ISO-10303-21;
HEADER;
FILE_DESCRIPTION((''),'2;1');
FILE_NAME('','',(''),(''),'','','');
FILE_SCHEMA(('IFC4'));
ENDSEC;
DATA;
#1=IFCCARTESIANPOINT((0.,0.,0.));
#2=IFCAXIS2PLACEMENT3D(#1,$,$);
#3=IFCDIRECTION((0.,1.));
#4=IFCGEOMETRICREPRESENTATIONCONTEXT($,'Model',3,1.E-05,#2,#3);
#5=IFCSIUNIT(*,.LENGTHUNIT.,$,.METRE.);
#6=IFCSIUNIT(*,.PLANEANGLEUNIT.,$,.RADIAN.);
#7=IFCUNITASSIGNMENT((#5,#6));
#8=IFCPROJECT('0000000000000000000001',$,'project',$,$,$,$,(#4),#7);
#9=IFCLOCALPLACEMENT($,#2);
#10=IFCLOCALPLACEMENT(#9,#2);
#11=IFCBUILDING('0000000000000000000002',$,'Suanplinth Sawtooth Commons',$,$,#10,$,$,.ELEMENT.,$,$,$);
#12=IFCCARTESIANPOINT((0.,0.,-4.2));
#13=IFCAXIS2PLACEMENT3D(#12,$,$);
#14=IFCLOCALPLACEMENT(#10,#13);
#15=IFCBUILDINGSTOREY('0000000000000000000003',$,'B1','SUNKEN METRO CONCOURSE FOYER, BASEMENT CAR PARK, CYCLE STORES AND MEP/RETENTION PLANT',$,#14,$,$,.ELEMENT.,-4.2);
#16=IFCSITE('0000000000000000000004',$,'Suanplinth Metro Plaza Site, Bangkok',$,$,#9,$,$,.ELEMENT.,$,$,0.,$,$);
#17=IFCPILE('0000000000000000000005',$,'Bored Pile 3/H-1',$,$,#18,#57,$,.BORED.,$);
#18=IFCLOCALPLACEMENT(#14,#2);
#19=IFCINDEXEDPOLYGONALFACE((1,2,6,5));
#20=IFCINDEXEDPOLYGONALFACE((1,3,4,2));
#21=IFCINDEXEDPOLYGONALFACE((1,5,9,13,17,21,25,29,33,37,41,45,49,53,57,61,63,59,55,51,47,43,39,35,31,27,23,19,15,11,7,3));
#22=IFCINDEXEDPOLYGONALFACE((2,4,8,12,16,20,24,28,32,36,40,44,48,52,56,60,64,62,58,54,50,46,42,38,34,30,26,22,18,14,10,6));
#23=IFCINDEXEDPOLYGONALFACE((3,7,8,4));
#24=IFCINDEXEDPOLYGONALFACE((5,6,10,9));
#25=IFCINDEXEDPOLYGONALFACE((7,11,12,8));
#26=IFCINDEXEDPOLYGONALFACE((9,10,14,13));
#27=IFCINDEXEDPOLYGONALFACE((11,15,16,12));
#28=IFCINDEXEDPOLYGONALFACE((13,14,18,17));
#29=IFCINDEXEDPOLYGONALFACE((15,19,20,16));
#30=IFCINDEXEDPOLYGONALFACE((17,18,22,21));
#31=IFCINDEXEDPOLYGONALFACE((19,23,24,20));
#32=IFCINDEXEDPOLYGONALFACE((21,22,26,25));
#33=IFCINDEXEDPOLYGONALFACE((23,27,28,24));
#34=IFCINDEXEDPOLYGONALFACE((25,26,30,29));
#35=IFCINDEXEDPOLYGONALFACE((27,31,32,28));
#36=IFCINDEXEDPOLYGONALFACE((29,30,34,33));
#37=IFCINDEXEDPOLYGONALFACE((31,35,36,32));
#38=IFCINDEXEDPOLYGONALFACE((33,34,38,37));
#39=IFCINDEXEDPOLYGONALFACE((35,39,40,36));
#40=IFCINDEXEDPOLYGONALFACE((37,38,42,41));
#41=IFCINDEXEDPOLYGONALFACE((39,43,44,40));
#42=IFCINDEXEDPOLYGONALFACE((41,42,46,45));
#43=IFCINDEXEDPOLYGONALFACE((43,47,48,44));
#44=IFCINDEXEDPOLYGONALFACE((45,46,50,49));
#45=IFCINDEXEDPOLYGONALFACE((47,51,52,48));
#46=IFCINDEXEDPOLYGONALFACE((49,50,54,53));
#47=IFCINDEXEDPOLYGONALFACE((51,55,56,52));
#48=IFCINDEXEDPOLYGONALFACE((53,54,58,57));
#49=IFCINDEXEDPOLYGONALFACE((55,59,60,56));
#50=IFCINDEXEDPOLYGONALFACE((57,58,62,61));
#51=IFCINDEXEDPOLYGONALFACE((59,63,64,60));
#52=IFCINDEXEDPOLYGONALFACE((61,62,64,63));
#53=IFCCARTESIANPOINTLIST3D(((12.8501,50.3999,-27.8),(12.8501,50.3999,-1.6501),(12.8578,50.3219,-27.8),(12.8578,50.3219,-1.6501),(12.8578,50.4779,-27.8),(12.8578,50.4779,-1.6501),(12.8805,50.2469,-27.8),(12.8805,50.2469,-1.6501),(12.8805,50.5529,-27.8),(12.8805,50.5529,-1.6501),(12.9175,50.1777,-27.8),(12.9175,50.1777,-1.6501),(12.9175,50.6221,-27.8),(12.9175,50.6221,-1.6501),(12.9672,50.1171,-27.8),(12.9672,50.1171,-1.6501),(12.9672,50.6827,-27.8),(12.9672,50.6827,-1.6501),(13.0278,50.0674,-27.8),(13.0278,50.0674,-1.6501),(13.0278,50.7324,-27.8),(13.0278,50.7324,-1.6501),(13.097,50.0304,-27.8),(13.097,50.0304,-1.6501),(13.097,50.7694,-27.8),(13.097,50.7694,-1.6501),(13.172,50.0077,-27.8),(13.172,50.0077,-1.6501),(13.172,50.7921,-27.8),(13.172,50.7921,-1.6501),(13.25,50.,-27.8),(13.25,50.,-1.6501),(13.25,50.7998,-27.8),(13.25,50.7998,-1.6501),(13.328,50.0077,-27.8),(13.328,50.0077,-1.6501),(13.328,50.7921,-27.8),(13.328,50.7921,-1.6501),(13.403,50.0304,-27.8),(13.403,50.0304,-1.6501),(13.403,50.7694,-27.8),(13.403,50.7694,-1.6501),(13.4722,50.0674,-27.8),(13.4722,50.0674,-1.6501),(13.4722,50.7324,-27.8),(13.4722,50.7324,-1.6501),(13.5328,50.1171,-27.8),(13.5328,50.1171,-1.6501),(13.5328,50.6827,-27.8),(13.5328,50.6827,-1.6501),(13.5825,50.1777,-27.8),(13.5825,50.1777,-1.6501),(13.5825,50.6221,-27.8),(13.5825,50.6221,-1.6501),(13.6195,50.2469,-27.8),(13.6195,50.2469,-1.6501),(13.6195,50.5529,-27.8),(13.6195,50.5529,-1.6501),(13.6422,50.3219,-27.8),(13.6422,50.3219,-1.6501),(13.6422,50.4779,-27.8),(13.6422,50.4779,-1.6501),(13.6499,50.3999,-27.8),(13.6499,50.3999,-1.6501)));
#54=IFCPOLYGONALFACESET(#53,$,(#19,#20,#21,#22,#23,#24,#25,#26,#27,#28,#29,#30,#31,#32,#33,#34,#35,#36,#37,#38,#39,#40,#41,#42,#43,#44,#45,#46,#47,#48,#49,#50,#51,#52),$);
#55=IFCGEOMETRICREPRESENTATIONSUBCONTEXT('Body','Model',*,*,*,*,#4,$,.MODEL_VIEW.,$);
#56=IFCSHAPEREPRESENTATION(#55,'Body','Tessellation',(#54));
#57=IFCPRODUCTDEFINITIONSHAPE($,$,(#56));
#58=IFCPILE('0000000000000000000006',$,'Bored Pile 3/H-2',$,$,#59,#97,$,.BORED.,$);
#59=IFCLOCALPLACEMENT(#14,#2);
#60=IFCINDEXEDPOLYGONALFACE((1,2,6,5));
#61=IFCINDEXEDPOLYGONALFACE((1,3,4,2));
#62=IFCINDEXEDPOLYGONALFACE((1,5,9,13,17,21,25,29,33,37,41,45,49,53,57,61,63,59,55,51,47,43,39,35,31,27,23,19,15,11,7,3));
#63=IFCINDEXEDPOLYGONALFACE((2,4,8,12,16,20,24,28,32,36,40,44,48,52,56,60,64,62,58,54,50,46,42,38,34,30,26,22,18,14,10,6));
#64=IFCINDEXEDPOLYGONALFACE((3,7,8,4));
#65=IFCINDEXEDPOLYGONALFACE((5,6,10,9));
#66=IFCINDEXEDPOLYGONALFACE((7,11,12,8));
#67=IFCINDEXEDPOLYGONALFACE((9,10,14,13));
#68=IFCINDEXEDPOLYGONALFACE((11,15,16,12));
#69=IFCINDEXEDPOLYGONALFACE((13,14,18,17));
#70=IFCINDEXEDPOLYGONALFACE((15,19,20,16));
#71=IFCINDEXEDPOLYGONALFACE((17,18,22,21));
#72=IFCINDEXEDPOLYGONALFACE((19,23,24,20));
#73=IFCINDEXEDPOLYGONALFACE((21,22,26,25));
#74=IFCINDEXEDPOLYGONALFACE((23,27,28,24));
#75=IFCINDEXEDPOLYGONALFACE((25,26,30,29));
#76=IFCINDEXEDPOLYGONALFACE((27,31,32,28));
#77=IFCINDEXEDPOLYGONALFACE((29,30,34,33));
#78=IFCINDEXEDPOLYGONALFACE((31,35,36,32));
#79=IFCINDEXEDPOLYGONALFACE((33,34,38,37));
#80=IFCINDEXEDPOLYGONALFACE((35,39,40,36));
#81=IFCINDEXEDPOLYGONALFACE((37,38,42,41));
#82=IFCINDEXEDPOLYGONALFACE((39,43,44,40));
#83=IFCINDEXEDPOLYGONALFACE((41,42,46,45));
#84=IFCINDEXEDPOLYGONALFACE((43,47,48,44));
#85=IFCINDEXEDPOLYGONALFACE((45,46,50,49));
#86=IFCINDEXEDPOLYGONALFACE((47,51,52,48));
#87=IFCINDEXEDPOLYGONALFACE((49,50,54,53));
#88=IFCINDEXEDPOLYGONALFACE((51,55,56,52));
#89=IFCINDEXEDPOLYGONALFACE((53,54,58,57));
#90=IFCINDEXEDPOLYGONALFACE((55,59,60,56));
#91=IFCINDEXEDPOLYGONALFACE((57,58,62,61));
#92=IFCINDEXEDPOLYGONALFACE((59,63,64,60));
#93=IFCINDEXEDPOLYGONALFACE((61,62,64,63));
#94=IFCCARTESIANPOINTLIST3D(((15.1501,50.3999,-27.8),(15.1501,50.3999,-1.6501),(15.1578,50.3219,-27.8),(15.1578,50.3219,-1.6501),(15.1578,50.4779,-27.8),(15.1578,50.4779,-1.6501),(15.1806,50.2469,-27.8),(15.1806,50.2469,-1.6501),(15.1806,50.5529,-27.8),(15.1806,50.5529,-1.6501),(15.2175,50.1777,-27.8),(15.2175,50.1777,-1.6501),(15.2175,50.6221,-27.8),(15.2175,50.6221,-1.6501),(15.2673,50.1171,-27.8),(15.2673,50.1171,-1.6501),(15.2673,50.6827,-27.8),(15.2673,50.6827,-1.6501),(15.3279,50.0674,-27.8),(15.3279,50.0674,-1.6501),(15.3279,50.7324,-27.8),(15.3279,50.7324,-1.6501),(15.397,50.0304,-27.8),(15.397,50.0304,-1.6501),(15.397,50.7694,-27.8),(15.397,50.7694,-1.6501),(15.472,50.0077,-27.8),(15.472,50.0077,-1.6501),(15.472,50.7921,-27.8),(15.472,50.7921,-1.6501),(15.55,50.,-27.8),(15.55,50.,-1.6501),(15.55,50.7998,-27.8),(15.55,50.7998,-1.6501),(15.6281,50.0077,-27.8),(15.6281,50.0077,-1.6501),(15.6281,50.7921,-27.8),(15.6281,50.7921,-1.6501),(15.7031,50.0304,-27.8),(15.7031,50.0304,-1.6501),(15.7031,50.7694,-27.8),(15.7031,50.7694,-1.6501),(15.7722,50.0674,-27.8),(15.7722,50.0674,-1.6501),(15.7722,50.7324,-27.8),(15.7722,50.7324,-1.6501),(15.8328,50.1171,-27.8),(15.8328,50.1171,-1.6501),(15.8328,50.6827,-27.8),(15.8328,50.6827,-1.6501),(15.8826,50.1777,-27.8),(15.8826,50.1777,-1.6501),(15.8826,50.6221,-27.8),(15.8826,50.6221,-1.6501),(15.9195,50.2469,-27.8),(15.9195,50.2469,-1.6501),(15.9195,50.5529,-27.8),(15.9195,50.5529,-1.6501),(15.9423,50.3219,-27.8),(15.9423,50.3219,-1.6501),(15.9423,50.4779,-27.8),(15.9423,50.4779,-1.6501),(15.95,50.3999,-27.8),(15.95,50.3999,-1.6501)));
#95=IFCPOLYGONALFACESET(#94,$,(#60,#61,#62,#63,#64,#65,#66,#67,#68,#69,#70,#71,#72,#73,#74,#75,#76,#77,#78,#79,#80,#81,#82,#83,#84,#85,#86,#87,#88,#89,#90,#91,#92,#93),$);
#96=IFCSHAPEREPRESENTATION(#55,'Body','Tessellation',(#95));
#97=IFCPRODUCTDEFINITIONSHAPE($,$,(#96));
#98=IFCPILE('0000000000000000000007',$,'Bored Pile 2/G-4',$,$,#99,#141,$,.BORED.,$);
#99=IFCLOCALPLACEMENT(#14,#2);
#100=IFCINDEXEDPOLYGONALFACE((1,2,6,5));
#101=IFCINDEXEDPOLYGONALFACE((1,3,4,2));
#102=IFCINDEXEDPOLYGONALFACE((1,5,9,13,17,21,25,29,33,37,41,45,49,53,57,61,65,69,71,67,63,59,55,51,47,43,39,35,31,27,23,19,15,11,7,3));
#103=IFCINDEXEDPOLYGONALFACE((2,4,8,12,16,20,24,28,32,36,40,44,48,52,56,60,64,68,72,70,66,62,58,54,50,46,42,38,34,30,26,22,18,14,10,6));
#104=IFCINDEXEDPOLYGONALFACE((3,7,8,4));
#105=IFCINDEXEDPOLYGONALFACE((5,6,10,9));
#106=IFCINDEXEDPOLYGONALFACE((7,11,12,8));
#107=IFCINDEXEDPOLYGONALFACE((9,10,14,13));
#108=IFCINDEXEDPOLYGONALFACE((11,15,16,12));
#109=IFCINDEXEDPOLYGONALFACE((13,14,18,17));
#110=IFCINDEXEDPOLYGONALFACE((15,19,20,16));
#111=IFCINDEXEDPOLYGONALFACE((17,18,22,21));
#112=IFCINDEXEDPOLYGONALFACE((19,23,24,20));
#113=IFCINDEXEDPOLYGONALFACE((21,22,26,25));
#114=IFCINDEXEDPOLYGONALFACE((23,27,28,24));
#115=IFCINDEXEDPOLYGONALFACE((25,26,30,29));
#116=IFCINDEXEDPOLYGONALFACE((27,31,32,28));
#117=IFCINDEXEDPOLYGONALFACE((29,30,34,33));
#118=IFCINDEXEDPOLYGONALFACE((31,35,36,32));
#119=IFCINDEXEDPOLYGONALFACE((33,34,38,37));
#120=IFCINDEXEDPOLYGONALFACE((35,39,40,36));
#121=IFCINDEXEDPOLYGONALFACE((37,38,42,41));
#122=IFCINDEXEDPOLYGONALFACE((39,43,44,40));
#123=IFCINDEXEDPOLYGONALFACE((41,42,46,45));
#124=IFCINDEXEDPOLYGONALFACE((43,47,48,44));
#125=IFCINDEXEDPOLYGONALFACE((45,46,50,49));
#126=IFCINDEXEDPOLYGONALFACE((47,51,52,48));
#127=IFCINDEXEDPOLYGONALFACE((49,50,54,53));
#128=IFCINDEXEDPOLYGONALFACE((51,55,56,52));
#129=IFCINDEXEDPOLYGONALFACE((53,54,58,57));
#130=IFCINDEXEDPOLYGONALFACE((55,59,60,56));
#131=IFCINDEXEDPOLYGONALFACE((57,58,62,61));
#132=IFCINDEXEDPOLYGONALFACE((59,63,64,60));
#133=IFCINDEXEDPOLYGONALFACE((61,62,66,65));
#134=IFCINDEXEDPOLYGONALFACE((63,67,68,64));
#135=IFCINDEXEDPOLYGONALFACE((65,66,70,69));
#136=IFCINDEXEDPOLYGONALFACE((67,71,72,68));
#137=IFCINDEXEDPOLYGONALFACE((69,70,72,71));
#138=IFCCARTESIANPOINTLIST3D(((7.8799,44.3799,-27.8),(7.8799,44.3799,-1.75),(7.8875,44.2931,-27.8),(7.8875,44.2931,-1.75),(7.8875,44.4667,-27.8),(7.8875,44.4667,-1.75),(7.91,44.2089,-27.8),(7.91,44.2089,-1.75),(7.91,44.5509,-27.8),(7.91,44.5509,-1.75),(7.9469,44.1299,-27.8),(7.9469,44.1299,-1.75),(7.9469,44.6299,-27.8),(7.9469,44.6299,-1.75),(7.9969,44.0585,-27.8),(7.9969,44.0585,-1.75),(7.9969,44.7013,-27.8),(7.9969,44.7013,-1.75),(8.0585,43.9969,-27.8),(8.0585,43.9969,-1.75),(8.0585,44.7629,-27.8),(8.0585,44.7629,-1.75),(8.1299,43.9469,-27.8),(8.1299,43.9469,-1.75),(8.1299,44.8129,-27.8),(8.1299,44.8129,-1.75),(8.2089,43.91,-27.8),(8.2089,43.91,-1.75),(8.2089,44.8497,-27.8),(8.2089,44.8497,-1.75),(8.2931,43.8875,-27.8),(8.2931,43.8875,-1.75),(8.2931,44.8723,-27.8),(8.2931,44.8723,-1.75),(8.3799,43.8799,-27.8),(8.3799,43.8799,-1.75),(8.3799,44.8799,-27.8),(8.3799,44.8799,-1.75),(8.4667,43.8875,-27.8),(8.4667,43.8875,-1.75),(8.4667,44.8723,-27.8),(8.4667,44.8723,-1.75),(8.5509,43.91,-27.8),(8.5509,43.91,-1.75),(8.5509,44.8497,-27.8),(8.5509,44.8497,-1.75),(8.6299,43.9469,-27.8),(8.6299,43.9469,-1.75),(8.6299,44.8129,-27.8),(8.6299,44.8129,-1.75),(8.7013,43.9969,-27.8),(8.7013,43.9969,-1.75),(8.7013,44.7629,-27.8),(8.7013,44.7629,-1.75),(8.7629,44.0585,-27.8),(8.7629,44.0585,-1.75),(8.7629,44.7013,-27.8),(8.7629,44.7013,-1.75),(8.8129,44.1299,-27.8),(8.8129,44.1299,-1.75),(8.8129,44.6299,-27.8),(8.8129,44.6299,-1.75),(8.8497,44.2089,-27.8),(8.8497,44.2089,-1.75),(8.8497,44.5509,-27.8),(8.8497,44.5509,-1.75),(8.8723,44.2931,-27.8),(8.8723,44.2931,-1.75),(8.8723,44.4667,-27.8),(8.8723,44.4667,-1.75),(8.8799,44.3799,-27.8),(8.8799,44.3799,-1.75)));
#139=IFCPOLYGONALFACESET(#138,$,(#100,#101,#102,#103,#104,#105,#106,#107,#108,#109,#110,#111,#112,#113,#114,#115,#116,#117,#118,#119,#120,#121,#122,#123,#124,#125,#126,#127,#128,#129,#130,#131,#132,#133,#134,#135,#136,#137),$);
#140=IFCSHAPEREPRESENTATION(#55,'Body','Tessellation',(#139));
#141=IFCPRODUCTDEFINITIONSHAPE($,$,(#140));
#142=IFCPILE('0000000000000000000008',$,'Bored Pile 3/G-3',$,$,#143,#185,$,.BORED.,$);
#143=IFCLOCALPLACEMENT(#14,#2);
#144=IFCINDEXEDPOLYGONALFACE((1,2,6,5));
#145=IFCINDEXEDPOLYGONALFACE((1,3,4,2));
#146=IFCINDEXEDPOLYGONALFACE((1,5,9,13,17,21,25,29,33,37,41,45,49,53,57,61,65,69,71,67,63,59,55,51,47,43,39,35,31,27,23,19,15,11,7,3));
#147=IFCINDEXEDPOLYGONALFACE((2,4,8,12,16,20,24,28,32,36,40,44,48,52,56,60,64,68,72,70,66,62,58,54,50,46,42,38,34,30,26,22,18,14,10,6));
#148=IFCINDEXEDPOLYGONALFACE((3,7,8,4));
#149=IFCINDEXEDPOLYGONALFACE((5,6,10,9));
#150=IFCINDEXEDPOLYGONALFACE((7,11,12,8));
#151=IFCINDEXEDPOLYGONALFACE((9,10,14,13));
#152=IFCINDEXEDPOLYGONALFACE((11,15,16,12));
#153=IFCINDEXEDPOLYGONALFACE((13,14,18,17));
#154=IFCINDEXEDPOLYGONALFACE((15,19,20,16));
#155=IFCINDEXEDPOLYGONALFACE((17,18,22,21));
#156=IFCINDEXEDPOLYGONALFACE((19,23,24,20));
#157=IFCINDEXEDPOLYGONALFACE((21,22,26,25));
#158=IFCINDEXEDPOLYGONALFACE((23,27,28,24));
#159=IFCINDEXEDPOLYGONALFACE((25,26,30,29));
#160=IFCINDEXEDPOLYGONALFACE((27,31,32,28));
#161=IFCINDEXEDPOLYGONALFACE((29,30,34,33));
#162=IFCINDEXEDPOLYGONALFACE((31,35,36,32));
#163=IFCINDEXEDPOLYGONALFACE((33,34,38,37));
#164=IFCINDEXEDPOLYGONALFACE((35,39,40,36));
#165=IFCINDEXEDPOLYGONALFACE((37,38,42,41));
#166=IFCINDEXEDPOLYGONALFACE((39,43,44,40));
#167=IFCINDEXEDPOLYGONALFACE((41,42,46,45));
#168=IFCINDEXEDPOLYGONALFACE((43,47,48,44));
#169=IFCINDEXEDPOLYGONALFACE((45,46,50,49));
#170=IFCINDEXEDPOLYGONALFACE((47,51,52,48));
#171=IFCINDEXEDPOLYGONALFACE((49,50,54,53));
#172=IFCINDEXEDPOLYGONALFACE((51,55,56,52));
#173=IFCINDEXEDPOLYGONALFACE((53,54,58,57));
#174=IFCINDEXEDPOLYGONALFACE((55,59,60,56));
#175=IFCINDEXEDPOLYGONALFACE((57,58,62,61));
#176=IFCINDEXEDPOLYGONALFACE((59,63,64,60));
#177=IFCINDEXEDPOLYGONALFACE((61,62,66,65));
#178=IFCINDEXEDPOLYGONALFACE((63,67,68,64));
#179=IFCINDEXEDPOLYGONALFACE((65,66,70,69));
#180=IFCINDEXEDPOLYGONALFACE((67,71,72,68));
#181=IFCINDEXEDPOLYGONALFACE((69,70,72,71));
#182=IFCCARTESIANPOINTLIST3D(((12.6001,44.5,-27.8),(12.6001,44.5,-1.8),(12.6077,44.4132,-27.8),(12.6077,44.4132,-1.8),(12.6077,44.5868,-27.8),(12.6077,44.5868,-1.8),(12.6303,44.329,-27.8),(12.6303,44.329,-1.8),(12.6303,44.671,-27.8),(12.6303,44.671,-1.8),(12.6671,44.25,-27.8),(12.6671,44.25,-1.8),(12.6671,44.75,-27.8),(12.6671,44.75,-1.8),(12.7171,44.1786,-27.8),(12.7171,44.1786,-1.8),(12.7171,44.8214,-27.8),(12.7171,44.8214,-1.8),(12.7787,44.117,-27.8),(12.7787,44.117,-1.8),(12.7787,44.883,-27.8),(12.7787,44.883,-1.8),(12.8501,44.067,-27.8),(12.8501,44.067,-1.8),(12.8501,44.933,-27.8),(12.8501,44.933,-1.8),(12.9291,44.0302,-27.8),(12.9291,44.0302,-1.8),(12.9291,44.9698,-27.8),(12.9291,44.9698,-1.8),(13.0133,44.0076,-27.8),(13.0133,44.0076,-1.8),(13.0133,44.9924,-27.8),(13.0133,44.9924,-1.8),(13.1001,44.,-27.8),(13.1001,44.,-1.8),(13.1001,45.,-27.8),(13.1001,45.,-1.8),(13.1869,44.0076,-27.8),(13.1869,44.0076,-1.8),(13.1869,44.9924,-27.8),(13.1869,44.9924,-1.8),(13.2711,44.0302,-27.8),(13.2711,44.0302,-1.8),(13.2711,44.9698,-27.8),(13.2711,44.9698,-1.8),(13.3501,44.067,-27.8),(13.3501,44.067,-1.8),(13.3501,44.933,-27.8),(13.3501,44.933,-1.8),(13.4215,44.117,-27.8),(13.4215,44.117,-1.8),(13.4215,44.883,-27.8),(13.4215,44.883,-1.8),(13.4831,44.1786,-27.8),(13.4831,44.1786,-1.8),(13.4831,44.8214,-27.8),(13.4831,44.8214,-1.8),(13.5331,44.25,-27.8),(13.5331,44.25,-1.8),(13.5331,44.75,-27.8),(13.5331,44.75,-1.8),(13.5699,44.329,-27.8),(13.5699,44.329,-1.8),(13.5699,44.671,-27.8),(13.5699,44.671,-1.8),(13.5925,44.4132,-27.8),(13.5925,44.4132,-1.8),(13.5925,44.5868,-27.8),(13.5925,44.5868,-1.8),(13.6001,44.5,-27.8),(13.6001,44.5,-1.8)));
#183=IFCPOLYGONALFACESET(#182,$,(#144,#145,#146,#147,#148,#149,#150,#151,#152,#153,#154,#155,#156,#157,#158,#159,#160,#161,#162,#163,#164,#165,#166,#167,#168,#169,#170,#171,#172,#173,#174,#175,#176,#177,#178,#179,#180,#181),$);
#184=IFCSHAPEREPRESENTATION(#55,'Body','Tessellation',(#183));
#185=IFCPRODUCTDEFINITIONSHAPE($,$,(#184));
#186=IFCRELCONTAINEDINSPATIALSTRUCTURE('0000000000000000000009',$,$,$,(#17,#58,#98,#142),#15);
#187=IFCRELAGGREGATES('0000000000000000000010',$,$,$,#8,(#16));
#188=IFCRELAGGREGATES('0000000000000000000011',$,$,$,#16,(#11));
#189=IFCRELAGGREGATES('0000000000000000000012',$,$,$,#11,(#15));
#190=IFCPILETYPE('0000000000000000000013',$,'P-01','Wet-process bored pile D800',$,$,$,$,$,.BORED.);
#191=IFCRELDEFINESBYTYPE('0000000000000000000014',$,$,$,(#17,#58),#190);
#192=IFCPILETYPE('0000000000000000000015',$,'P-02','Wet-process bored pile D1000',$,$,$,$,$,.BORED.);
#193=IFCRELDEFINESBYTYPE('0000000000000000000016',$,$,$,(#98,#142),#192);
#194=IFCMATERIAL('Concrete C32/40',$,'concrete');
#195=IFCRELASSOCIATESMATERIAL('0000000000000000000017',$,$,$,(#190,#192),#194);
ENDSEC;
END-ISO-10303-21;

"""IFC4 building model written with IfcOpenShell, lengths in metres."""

from ifc_helpers import new_model, si_unit, direction, frame, origin, origin_2d, place, context, subcontext, project, spatial, circle, extrude, material, material_profile, profile_set, type_object, element, save


model = new_model("IFC4")

# Units and contexts
model_context = context("Model", 3, precision=1e-05, world=origin(), true_north=direction((0.0, 1.0)))
body_context = subcontext(model_context, "Body", "Model", "MODEL_VIEW")
ifc_project = project(units=[si_unit("LENGTHUNIT", "METRE"), si_unit("PLANEANGLEUNIT", "RADIAN")], contexts=[model_context])

# Site, building, storey
site_placement = place(None, origin())
site = spatial("IfcSite", under=ifc_project, at=site_placement, Name="Suanplinth Metro Plaza Site, Bangkok", CompositionType="ELEMENT", RefElevation=0.0)
building_placement = place(site_placement, origin())
building = spatial("IfcBuilding", under=site, at=building_placement, Name="Suanplinth Sawtooth Commons", CompositionType="ELEMENT")
storey_placement = place(building_placement, frame((0.0, 0.0, -4.2)))
storey = spatial("IfcBuildingStorey", under=building, at=storey_placement, Name="B1", Description="SUNKEN METRO CONCOURSE FOYER, BASEMENT CAR PARK, CYCLE STORES AND MEP/RETENTION PLANT", CompositionType="ELEMENT", Elevation=-4.2)

# Piles
ifc_material_1 = material(Name="Concrete C32/40", Category="concrete")
ifc_material_profile_1 = material_profile(ifc_material_1, circle(Radius=0.3999, at=origin_2d()), Name="PILE D800")
ifc_profile_set_1 = profile_set([ifc_material_profile_1], Name="Concrete C32/40")
pile_type_1 = type_object("IfcPileType", Name="P-01", Description="Wet-process bored pile D800", PredefinedType="BORED", material=ifc_profile_set_1)
for number, where, z_axis, x_axis, name in (
    (1, (13.25, 50.3999, -1.6501), (0.0, 0.0, -1.0), (1.0, 0.0, 0.0), "Bored Pile 3/H-1"),
    (2, (15.55, 50.3999, -1.6501), (0.0, 0.0, -1.0), (1.0, 0.0, 0.0), "Bored Pile 3/H-2"),
):
    element("IfcPile", number, at=place(storey_placement, frame(where, z_axis=z_axis, x_axis=x_axis)), inside=storey, type_object=pile_type_1, Name=name, PredefinedType="BORED", context=body_context, shape_type="SweptSolid", body=[
        extrude(circle(Radius=0.3999, at=origin_2d()), origin(), (0.0, 0.0, 1.0), 26.1499),
    ])
ifc_material_profile_2 = material_profile(ifc_material_1, circle(Radius=0.5, at=origin_2d()), Name="PILE D1000")
ifc_profile_set_2 = profile_set([ifc_material_profile_2], Name="Concrete C32/40")
pile_type_2 = type_object("IfcPileType", Name="P-02", Description="Wet-process bored pile D1000", PredefinedType="BORED", material=ifc_profile_set_2)
pile_1_placement = place(storey_placement, frame((8.3799, 44.3799, -1.75), z_axis=(0.0, 0.0, -1.0), x_axis=(1.0, 0.0, 0.0)))
element("IfcPile", 3, at=pile_1_placement, inside=storey, type_object=pile_type_2, Name="Bored Pile 2/G-4", PredefinedType="BORED", context=body_context, shape_type="SweptSolid", body=[
    extrude(circle(Radius=0.5, at=origin_2d()), origin(), (0.0, 0.0, 1.0), 26.05),
])
for number, where, z_axis, x_axis, name in (
    (4, (13.1001, 44.5, -1.8), (0.0, 0.0, -1.0), (1.0, 0.0, 0.0), "Bored Pile 3/G-3"),
):
    element("IfcPile", number, at=place(storey_placement, frame(where, z_axis=z_axis, x_axis=x_axis)), inside=storey, type_object=pile_type_2, Name=name, PredefinedType="BORED", context=body_context, shape_type="SweptSolid", body=[
        extrude(circle(Radius=0.5, at=origin_2d()), origin(), (0.0, 0.0, 1.0), 26.0),
    ])

save(model, "model.ifc")
